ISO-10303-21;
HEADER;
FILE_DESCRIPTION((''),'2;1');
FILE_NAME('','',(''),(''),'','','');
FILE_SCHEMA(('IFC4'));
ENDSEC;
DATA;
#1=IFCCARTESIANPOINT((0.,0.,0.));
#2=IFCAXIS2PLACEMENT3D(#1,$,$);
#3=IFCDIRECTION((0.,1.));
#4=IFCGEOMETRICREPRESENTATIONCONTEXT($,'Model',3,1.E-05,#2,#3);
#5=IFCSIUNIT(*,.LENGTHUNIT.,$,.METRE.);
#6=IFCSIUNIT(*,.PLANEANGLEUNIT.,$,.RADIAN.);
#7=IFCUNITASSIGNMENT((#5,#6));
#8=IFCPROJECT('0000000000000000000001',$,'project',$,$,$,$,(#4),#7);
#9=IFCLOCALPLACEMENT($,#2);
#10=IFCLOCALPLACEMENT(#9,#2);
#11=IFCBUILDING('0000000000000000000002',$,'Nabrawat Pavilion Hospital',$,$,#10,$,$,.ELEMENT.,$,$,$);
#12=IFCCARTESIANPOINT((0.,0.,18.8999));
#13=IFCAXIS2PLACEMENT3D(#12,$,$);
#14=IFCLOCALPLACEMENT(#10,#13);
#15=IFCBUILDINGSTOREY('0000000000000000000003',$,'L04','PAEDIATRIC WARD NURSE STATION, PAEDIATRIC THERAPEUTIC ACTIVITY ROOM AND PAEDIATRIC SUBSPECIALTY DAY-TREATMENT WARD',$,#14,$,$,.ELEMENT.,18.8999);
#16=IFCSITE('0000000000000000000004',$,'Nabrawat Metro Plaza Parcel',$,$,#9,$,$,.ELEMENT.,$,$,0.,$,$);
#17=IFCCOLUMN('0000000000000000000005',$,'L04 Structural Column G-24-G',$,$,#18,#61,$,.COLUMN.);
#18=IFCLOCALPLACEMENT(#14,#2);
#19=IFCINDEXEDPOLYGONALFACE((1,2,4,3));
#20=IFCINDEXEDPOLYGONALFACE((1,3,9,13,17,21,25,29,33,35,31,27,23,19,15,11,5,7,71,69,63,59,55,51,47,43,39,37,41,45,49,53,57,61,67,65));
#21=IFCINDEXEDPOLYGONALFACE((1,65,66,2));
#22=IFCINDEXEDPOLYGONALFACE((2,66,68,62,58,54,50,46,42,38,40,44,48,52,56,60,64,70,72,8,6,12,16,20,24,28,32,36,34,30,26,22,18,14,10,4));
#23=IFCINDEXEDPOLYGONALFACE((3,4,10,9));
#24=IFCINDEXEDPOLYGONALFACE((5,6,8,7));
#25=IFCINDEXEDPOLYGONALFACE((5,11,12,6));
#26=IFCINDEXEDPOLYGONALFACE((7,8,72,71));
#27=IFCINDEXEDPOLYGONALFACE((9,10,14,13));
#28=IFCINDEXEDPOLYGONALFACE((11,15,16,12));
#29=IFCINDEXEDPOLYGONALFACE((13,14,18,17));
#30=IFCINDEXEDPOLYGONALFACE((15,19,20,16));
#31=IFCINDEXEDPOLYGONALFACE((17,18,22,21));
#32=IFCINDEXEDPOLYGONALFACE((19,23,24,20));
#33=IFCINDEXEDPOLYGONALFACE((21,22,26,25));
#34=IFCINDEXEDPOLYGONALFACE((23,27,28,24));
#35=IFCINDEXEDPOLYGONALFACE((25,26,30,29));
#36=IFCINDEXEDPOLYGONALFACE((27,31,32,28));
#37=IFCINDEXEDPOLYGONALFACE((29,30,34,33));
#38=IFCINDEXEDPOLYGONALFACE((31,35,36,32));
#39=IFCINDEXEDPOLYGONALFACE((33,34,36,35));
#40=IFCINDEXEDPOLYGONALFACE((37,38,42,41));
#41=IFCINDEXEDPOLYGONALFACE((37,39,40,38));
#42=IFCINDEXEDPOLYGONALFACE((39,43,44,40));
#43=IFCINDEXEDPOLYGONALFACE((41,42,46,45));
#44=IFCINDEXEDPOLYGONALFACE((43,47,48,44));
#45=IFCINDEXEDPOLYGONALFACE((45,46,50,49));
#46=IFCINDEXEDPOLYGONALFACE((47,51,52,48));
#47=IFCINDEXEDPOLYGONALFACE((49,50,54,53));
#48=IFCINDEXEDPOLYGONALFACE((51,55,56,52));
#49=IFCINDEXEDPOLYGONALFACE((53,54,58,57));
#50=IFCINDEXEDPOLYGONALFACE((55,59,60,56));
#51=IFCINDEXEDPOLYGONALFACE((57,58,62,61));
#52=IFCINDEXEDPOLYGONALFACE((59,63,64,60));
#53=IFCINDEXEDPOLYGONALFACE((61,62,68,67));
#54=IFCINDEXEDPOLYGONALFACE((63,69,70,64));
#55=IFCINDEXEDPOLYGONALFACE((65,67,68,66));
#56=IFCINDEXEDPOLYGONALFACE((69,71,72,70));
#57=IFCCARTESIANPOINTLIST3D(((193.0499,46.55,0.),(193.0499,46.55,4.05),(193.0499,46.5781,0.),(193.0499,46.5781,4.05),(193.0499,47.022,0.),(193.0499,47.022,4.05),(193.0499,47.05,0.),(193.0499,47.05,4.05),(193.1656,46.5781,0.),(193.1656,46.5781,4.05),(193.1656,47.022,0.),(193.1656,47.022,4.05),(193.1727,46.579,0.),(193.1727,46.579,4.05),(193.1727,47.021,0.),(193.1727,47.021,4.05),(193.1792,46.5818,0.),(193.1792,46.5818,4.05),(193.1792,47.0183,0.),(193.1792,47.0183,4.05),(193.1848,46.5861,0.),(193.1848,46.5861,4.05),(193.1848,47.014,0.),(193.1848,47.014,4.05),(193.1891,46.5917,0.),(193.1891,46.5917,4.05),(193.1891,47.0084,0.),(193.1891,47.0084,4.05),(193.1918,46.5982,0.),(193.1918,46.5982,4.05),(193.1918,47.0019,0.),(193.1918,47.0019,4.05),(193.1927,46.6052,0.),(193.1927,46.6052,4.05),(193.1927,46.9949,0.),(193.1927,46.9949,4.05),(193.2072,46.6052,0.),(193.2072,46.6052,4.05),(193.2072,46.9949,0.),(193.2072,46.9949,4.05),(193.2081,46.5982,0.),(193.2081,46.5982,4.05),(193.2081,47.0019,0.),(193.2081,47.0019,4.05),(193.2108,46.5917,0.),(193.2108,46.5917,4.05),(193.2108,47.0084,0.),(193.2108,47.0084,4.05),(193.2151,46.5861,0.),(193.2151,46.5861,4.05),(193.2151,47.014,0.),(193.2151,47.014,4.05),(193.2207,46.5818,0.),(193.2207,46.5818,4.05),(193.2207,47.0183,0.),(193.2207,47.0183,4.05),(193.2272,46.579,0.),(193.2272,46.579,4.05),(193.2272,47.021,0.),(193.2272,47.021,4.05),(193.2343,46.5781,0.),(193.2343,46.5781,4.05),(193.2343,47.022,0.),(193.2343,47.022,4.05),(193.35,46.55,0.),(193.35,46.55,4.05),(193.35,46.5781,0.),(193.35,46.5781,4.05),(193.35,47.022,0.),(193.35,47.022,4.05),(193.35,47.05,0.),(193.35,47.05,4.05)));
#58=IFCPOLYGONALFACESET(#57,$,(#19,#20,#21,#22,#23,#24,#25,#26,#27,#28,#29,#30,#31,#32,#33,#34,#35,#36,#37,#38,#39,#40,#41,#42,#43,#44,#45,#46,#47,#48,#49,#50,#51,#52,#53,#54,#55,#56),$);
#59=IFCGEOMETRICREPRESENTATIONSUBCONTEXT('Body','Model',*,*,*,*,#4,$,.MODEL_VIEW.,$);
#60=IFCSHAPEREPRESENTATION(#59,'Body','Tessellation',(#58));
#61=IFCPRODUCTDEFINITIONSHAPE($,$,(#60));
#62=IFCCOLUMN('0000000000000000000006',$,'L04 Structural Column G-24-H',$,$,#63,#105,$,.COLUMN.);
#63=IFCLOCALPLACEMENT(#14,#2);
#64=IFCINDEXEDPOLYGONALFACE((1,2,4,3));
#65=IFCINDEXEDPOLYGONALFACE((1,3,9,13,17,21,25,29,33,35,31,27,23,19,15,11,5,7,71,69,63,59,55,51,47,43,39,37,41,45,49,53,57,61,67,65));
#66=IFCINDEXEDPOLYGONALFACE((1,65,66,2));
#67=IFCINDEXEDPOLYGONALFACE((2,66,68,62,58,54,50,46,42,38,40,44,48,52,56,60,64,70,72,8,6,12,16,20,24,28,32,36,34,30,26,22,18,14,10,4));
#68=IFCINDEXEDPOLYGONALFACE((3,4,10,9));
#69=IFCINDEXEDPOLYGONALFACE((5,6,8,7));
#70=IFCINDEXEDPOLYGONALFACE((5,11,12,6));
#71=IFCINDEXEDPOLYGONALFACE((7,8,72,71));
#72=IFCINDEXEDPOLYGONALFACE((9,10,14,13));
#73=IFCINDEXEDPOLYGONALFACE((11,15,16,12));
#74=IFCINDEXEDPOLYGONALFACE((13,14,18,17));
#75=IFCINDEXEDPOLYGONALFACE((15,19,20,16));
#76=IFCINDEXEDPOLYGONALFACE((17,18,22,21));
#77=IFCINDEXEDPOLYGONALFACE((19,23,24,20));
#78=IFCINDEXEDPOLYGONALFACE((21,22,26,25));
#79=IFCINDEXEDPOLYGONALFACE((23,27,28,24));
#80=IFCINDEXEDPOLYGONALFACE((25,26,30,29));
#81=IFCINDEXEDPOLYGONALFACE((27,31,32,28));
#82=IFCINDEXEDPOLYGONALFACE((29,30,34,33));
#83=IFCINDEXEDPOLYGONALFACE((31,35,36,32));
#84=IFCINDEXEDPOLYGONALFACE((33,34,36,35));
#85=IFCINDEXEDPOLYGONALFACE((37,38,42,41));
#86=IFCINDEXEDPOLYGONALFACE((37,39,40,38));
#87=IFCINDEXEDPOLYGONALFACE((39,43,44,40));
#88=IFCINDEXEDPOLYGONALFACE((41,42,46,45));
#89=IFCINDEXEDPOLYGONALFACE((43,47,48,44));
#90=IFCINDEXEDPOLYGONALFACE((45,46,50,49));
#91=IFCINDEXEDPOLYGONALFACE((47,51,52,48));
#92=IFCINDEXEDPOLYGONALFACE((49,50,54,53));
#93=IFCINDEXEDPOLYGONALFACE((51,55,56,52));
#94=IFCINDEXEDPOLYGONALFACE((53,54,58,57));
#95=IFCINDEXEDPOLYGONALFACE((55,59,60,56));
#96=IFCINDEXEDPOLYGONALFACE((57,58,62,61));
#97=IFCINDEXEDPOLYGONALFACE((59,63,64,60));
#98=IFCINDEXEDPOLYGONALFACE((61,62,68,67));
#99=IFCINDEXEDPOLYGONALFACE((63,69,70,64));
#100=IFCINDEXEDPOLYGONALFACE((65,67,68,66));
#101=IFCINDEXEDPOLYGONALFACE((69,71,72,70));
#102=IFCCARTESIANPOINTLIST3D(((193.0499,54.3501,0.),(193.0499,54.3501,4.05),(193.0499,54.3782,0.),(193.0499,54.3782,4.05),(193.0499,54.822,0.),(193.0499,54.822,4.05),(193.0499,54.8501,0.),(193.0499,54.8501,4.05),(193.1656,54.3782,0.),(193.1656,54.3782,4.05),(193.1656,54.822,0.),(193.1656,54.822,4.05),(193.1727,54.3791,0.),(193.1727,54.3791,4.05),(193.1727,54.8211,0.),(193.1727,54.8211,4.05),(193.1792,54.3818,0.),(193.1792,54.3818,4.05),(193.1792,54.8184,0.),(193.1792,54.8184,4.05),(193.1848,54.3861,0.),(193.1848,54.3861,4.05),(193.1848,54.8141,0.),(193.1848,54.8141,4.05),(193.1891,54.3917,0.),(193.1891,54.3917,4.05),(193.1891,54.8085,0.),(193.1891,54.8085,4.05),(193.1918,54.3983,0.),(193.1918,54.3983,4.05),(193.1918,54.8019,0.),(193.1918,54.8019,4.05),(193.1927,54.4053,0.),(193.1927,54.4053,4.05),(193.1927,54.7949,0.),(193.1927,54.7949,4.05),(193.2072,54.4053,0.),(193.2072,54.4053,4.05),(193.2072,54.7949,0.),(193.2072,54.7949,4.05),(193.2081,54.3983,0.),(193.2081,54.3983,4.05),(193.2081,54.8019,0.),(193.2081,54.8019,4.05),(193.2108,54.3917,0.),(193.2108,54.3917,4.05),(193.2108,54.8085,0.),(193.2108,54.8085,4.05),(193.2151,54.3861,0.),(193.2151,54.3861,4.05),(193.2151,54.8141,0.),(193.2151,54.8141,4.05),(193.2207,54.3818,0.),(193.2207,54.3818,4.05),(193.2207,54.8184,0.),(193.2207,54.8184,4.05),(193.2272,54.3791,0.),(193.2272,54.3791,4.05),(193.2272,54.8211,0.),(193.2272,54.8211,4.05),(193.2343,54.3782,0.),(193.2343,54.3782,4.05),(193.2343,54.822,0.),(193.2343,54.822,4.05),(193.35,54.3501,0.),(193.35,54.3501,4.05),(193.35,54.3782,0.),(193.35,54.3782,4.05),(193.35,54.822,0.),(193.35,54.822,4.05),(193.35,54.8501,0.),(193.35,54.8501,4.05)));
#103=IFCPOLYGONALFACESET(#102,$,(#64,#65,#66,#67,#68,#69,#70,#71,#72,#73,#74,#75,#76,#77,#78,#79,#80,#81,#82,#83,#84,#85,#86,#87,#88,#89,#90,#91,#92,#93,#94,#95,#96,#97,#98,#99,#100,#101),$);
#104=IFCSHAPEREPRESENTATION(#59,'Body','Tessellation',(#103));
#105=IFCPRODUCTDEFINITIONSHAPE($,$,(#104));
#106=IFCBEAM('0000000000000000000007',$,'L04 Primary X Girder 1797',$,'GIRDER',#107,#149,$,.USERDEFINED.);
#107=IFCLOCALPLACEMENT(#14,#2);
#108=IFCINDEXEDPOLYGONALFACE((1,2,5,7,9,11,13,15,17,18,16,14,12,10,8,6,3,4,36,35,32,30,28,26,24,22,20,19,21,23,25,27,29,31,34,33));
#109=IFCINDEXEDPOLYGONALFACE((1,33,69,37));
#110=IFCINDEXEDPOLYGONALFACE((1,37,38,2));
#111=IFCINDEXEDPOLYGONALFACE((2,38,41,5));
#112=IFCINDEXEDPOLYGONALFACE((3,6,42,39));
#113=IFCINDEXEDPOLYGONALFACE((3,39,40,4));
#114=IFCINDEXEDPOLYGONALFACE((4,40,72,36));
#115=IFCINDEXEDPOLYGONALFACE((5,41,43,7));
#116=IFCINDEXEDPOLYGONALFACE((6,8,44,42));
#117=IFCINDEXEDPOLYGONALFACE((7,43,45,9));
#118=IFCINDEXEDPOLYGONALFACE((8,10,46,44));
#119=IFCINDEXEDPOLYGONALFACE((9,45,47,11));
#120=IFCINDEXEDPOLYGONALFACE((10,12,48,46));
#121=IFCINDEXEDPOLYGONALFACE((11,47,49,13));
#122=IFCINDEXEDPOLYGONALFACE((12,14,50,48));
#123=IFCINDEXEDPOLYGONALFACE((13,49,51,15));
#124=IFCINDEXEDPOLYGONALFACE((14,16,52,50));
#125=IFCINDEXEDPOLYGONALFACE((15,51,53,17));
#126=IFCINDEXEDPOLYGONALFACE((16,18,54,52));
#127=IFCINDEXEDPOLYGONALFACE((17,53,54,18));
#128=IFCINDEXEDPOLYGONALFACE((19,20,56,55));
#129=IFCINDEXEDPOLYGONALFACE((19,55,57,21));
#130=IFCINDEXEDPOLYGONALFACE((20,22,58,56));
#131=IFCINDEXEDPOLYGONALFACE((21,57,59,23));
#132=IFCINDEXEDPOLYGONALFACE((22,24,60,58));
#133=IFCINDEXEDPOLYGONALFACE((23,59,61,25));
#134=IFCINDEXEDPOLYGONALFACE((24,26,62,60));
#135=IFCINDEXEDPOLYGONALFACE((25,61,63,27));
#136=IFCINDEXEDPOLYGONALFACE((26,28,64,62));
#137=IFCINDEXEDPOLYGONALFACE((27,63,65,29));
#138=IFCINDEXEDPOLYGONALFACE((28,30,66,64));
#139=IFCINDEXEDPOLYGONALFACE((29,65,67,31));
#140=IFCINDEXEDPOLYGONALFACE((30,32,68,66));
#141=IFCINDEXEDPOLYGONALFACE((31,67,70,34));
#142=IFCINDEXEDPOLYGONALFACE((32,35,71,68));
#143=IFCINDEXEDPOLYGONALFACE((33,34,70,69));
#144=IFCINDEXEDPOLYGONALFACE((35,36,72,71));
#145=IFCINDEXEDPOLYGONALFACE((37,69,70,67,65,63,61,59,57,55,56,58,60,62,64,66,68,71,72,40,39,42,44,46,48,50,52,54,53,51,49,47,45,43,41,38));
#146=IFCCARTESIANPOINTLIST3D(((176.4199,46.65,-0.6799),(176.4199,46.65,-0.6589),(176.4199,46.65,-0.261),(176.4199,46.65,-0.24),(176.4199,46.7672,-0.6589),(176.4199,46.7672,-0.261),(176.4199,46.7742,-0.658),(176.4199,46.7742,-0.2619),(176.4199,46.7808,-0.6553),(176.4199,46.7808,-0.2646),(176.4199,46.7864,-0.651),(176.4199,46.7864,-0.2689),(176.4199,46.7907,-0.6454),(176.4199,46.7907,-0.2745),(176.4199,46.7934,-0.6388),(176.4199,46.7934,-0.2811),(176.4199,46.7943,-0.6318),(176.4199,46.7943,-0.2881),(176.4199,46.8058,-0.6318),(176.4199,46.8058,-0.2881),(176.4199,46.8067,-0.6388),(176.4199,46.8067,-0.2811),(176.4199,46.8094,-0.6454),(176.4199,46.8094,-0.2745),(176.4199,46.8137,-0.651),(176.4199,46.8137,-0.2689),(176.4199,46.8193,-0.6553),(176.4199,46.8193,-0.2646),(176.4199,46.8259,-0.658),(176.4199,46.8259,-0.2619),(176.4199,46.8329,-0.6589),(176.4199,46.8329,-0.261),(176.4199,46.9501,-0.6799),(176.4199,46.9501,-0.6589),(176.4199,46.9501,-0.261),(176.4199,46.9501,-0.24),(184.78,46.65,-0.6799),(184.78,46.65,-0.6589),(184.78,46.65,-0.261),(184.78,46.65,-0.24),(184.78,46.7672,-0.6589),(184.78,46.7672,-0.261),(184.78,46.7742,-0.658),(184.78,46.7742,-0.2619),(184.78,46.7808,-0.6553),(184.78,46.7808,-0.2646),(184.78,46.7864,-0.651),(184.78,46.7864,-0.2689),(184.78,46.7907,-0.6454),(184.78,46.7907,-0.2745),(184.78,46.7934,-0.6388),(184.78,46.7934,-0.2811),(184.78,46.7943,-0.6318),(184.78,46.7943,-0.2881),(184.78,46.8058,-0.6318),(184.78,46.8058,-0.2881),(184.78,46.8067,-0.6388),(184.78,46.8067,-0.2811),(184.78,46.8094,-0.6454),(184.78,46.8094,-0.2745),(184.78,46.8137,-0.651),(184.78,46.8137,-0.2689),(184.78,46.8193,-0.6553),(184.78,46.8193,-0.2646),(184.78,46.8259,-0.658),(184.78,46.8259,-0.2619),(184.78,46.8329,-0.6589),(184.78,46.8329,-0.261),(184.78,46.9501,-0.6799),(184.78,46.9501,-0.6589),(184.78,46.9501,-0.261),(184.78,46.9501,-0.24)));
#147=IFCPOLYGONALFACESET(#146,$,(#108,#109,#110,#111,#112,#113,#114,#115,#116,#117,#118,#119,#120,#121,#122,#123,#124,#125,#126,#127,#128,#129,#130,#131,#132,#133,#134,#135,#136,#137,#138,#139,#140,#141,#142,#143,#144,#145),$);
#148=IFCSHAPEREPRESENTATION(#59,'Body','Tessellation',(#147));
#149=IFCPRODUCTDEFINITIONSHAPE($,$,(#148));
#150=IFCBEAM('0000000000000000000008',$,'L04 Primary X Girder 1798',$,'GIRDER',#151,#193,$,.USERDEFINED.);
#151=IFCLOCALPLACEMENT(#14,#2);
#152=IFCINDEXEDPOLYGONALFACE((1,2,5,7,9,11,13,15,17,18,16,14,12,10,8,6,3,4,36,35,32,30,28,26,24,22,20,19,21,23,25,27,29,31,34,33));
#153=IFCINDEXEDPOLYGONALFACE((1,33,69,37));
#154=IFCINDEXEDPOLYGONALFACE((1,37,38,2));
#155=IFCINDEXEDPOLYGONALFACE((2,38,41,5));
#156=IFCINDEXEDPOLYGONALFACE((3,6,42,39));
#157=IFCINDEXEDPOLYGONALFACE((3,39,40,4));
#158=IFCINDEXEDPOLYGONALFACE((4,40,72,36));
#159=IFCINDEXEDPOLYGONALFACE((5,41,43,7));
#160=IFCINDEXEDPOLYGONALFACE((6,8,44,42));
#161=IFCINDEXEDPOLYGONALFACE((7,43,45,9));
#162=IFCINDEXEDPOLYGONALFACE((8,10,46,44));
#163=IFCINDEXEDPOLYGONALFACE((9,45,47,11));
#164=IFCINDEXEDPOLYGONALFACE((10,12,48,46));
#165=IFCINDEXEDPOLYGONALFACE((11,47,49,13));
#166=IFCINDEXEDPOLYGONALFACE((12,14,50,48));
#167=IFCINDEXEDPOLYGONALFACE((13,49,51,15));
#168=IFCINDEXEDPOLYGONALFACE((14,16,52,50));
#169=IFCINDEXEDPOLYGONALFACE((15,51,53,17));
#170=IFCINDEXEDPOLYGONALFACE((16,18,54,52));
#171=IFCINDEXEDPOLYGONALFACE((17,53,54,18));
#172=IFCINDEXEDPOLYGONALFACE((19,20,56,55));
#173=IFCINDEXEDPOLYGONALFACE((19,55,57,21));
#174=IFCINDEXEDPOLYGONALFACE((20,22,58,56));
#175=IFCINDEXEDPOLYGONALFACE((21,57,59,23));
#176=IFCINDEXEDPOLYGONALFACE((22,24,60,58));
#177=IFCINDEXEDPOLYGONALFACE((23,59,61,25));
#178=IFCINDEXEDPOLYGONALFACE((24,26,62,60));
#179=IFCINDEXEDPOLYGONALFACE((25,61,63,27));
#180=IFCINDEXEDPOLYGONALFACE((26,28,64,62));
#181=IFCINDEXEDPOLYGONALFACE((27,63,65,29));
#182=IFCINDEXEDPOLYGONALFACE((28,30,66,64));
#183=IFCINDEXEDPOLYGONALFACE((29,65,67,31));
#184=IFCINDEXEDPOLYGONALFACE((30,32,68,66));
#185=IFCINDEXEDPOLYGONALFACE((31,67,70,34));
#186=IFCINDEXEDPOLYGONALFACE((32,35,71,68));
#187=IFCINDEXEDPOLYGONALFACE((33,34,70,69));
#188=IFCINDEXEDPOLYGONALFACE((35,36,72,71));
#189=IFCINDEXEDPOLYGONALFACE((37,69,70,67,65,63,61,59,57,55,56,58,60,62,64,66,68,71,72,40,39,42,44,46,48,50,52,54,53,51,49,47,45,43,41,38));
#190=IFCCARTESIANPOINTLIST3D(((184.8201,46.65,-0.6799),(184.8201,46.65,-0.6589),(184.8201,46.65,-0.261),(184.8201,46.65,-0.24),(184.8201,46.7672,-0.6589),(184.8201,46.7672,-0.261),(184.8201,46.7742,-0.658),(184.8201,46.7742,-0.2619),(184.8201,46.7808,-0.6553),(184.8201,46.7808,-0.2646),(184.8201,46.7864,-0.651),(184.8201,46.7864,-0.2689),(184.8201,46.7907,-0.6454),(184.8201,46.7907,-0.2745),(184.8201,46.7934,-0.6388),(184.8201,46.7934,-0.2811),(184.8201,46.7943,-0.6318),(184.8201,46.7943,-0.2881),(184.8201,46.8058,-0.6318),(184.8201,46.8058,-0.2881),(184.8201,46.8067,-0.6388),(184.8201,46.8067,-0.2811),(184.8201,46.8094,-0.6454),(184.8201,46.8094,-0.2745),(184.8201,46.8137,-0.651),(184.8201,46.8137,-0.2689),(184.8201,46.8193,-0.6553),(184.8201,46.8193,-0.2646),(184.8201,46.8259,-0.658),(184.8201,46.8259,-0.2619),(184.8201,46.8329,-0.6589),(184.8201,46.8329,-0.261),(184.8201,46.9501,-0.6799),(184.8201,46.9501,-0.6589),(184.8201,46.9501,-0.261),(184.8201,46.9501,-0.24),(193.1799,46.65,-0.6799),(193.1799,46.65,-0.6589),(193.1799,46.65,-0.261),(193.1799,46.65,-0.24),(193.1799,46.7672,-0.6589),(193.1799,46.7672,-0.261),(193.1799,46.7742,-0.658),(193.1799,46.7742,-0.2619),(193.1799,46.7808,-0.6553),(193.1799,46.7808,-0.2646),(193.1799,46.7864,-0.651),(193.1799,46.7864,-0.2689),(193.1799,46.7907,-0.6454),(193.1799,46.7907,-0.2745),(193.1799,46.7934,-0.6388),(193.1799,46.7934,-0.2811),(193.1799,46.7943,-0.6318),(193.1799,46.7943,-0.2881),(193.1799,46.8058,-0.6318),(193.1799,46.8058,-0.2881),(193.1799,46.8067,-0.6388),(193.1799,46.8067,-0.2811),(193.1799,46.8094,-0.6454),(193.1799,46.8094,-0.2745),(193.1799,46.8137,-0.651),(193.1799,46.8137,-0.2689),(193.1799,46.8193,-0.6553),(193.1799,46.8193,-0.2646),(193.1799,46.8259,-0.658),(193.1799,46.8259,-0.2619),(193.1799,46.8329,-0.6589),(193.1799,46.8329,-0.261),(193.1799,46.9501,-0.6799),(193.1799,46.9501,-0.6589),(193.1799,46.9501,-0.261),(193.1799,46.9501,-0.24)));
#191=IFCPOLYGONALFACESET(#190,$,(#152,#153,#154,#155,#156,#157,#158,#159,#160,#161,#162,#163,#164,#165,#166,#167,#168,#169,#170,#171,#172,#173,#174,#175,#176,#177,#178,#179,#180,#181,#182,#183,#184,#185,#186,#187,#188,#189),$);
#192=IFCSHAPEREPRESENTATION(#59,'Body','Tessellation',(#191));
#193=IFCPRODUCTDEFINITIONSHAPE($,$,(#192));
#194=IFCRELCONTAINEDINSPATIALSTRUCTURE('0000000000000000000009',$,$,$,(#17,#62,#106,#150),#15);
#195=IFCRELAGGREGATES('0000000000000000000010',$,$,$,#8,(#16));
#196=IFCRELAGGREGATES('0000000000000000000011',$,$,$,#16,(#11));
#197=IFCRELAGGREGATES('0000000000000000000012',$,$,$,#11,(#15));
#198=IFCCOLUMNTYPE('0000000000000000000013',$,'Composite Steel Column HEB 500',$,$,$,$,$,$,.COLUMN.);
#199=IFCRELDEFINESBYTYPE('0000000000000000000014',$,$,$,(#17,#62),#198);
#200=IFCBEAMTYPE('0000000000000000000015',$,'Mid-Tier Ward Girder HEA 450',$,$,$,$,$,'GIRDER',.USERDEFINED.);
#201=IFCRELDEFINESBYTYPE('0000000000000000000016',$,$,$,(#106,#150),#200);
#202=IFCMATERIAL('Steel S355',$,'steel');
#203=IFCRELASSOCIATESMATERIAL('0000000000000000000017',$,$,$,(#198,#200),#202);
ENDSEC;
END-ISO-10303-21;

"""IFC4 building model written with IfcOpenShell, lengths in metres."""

from ifc_helpers import new_model, si_unit, direction, frame, origin, origin_2d, place, context, subcontext, project, spatial, i_section, extrude, material, material_profile, profile_set, type_object, element, save


model = new_model("IFC4")

# Units and contexts
model_context = context("Model", 3, precision=1e-05, world=origin(), true_north=direction((0.0, 1.0)))
body_context = subcontext(model_context, "Body", "Model", "MODEL_VIEW")
ifc_project = project(units=[si_unit("LENGTHUNIT", "METRE"), si_unit("PLANEANGLEUNIT", "RADIAN")], contexts=[model_context])

# Site, building, storey
site_placement = place(None, origin())
site = spatial("IfcSite", under=ifc_project, at=site_placement, Name="Nabrawat Metro Plaza Parcel", CompositionType="ELEMENT", RefElevation=0.0)
building_placement = place(site_placement, origin())
building = spatial("IfcBuilding", under=site, at=building_placement, Name="Nabrawat Pavilion Hospital", CompositionType="ELEMENT")
storey_placement = place(building_placement, frame((0.0, 0.0, 18.8999)))
storey = spatial("IfcBuildingStorey", under=building, at=storey_placement, Name="L04", Description="PAEDIATRIC WARD NURSE STATION, PAEDIATRIC THERAPEUTIC ACTIVITY ROOM AND PAEDIATRIC SUBSPECIALTY DAY-TREATMENT WARD", CompositionType="ELEMENT", Elevation=18.8999)

# Columns
ifc_material_1 = material(Name="Steel S355", Category="steel")
ifc_material_profile_1 = material_profile(ifc_material_1, i_section(OverallWidth=0.3, OverallDepth=0.5, WebThickness=0.0144, FlangeThickness=0.0281, FilletRadius=0.0271, at=origin_2d()), Name="HEB 500")
ifc_profile_set_1 = profile_set([ifc_material_profile_1], Name="Steel S355")
column_type = type_object("IfcColumnType", Name="Composite Steel Column HEB 500", PredefinedType="COLUMN", material=ifc_profile_set_1)
for number, where, z_axis, x_axis, name in (
    (1, (193.2, 46.8, 0.0), (0.0, 0.0, 1.0), (1.0, 0.0, 0.0), "L04 Structural Column G-24-G"),
    (2, (193.2, 54.6001, 0.0), (0.0, 0.0, 1.0), (1.0, 0.0, 0.0), "L04 Structural Column G-24-H"),
):
    element("IfcColumn", number, at=place(storey_placement, frame(where, z_axis=z_axis, x_axis=x_axis)), inside=storey, type_object=column_type, Name=name, PredefinedType="COLUMN", context=body_context, shape_type="SweptSolid", body=[
        extrude(i_section(OverallWidth=0.3, OverallDepth=0.5, WebThickness=0.0144, FlangeThickness=0.0281, FilletRadius=0.0271, at=origin_2d()), origin(), (0.0, 0.0, 1.0), 4.05),
    ])

# Beams
ifc_material_profile_2 = material_profile(ifc_material_1, i_section(OverallWidth=0.3, OverallDepth=0.4399, WebThickness=0.0115, FlangeThickness=0.021, FilletRadius=0.0271, at=origin_2d()), Name="HEA 450")
ifc_profile_set_2 = profile_set([ifc_material_profile_2], Name="Steel S355")
beam_type_1 = type_object("IfcBeamType", Name="Mid-Tier Ward Girder HEA 450", ElementType="GIRDER", PredefinedType="USERDEFINED", material=ifc_profile_set_2)
beam_1_placement = place(storey_placement, frame((176.4199, 46.8, -0.46), z_axis=(1.0, 0.0, 0.0), x_axis=(0.0, 1.0, 0.0)))
element("IfcBeam", 3, at=beam_1_placement, inside=storey, type_object=beam_type_1, Name="L04 Primary X Girder 1797", ObjectType="GIRDER", PredefinedType="USERDEFINED", context=body_context, shape_type="SweptSolid", body=[
    extrude(i_section(OverallWidth=0.3, OverallDepth=0.4399, WebThickness=0.0115, FlangeThickness=0.021, FilletRadius=0.0271, at=origin_2d()), origin(), (0.0, 0.0, 1.0), 8.3601),
])
beam_2_placement = place(storey_placement, frame((184.8201, 46.8, -0.46), z_axis=(1.0, 0.0, 0.0), x_axis=(0.0, 1.0, 0.0)))
element("IfcBeam", 4, at=beam_2_placement, inside=storey, type_object=beam_type_1, Name="L04 Primary X Girder 1798", ObjectType="GIRDER", PredefinedType="USERDEFINED", context=body_context, shape_type="SweptSolid", body=[
    extrude(i_section(OverallWidth=0.3, OverallDepth=0.4399, WebThickness=0.0115, FlangeThickness=0.021, FilletRadius=0.0271, at=origin_2d()), origin(), (0.0, 0.0, 1.0), 8.3599),
])

save(model, "model.ifc")
